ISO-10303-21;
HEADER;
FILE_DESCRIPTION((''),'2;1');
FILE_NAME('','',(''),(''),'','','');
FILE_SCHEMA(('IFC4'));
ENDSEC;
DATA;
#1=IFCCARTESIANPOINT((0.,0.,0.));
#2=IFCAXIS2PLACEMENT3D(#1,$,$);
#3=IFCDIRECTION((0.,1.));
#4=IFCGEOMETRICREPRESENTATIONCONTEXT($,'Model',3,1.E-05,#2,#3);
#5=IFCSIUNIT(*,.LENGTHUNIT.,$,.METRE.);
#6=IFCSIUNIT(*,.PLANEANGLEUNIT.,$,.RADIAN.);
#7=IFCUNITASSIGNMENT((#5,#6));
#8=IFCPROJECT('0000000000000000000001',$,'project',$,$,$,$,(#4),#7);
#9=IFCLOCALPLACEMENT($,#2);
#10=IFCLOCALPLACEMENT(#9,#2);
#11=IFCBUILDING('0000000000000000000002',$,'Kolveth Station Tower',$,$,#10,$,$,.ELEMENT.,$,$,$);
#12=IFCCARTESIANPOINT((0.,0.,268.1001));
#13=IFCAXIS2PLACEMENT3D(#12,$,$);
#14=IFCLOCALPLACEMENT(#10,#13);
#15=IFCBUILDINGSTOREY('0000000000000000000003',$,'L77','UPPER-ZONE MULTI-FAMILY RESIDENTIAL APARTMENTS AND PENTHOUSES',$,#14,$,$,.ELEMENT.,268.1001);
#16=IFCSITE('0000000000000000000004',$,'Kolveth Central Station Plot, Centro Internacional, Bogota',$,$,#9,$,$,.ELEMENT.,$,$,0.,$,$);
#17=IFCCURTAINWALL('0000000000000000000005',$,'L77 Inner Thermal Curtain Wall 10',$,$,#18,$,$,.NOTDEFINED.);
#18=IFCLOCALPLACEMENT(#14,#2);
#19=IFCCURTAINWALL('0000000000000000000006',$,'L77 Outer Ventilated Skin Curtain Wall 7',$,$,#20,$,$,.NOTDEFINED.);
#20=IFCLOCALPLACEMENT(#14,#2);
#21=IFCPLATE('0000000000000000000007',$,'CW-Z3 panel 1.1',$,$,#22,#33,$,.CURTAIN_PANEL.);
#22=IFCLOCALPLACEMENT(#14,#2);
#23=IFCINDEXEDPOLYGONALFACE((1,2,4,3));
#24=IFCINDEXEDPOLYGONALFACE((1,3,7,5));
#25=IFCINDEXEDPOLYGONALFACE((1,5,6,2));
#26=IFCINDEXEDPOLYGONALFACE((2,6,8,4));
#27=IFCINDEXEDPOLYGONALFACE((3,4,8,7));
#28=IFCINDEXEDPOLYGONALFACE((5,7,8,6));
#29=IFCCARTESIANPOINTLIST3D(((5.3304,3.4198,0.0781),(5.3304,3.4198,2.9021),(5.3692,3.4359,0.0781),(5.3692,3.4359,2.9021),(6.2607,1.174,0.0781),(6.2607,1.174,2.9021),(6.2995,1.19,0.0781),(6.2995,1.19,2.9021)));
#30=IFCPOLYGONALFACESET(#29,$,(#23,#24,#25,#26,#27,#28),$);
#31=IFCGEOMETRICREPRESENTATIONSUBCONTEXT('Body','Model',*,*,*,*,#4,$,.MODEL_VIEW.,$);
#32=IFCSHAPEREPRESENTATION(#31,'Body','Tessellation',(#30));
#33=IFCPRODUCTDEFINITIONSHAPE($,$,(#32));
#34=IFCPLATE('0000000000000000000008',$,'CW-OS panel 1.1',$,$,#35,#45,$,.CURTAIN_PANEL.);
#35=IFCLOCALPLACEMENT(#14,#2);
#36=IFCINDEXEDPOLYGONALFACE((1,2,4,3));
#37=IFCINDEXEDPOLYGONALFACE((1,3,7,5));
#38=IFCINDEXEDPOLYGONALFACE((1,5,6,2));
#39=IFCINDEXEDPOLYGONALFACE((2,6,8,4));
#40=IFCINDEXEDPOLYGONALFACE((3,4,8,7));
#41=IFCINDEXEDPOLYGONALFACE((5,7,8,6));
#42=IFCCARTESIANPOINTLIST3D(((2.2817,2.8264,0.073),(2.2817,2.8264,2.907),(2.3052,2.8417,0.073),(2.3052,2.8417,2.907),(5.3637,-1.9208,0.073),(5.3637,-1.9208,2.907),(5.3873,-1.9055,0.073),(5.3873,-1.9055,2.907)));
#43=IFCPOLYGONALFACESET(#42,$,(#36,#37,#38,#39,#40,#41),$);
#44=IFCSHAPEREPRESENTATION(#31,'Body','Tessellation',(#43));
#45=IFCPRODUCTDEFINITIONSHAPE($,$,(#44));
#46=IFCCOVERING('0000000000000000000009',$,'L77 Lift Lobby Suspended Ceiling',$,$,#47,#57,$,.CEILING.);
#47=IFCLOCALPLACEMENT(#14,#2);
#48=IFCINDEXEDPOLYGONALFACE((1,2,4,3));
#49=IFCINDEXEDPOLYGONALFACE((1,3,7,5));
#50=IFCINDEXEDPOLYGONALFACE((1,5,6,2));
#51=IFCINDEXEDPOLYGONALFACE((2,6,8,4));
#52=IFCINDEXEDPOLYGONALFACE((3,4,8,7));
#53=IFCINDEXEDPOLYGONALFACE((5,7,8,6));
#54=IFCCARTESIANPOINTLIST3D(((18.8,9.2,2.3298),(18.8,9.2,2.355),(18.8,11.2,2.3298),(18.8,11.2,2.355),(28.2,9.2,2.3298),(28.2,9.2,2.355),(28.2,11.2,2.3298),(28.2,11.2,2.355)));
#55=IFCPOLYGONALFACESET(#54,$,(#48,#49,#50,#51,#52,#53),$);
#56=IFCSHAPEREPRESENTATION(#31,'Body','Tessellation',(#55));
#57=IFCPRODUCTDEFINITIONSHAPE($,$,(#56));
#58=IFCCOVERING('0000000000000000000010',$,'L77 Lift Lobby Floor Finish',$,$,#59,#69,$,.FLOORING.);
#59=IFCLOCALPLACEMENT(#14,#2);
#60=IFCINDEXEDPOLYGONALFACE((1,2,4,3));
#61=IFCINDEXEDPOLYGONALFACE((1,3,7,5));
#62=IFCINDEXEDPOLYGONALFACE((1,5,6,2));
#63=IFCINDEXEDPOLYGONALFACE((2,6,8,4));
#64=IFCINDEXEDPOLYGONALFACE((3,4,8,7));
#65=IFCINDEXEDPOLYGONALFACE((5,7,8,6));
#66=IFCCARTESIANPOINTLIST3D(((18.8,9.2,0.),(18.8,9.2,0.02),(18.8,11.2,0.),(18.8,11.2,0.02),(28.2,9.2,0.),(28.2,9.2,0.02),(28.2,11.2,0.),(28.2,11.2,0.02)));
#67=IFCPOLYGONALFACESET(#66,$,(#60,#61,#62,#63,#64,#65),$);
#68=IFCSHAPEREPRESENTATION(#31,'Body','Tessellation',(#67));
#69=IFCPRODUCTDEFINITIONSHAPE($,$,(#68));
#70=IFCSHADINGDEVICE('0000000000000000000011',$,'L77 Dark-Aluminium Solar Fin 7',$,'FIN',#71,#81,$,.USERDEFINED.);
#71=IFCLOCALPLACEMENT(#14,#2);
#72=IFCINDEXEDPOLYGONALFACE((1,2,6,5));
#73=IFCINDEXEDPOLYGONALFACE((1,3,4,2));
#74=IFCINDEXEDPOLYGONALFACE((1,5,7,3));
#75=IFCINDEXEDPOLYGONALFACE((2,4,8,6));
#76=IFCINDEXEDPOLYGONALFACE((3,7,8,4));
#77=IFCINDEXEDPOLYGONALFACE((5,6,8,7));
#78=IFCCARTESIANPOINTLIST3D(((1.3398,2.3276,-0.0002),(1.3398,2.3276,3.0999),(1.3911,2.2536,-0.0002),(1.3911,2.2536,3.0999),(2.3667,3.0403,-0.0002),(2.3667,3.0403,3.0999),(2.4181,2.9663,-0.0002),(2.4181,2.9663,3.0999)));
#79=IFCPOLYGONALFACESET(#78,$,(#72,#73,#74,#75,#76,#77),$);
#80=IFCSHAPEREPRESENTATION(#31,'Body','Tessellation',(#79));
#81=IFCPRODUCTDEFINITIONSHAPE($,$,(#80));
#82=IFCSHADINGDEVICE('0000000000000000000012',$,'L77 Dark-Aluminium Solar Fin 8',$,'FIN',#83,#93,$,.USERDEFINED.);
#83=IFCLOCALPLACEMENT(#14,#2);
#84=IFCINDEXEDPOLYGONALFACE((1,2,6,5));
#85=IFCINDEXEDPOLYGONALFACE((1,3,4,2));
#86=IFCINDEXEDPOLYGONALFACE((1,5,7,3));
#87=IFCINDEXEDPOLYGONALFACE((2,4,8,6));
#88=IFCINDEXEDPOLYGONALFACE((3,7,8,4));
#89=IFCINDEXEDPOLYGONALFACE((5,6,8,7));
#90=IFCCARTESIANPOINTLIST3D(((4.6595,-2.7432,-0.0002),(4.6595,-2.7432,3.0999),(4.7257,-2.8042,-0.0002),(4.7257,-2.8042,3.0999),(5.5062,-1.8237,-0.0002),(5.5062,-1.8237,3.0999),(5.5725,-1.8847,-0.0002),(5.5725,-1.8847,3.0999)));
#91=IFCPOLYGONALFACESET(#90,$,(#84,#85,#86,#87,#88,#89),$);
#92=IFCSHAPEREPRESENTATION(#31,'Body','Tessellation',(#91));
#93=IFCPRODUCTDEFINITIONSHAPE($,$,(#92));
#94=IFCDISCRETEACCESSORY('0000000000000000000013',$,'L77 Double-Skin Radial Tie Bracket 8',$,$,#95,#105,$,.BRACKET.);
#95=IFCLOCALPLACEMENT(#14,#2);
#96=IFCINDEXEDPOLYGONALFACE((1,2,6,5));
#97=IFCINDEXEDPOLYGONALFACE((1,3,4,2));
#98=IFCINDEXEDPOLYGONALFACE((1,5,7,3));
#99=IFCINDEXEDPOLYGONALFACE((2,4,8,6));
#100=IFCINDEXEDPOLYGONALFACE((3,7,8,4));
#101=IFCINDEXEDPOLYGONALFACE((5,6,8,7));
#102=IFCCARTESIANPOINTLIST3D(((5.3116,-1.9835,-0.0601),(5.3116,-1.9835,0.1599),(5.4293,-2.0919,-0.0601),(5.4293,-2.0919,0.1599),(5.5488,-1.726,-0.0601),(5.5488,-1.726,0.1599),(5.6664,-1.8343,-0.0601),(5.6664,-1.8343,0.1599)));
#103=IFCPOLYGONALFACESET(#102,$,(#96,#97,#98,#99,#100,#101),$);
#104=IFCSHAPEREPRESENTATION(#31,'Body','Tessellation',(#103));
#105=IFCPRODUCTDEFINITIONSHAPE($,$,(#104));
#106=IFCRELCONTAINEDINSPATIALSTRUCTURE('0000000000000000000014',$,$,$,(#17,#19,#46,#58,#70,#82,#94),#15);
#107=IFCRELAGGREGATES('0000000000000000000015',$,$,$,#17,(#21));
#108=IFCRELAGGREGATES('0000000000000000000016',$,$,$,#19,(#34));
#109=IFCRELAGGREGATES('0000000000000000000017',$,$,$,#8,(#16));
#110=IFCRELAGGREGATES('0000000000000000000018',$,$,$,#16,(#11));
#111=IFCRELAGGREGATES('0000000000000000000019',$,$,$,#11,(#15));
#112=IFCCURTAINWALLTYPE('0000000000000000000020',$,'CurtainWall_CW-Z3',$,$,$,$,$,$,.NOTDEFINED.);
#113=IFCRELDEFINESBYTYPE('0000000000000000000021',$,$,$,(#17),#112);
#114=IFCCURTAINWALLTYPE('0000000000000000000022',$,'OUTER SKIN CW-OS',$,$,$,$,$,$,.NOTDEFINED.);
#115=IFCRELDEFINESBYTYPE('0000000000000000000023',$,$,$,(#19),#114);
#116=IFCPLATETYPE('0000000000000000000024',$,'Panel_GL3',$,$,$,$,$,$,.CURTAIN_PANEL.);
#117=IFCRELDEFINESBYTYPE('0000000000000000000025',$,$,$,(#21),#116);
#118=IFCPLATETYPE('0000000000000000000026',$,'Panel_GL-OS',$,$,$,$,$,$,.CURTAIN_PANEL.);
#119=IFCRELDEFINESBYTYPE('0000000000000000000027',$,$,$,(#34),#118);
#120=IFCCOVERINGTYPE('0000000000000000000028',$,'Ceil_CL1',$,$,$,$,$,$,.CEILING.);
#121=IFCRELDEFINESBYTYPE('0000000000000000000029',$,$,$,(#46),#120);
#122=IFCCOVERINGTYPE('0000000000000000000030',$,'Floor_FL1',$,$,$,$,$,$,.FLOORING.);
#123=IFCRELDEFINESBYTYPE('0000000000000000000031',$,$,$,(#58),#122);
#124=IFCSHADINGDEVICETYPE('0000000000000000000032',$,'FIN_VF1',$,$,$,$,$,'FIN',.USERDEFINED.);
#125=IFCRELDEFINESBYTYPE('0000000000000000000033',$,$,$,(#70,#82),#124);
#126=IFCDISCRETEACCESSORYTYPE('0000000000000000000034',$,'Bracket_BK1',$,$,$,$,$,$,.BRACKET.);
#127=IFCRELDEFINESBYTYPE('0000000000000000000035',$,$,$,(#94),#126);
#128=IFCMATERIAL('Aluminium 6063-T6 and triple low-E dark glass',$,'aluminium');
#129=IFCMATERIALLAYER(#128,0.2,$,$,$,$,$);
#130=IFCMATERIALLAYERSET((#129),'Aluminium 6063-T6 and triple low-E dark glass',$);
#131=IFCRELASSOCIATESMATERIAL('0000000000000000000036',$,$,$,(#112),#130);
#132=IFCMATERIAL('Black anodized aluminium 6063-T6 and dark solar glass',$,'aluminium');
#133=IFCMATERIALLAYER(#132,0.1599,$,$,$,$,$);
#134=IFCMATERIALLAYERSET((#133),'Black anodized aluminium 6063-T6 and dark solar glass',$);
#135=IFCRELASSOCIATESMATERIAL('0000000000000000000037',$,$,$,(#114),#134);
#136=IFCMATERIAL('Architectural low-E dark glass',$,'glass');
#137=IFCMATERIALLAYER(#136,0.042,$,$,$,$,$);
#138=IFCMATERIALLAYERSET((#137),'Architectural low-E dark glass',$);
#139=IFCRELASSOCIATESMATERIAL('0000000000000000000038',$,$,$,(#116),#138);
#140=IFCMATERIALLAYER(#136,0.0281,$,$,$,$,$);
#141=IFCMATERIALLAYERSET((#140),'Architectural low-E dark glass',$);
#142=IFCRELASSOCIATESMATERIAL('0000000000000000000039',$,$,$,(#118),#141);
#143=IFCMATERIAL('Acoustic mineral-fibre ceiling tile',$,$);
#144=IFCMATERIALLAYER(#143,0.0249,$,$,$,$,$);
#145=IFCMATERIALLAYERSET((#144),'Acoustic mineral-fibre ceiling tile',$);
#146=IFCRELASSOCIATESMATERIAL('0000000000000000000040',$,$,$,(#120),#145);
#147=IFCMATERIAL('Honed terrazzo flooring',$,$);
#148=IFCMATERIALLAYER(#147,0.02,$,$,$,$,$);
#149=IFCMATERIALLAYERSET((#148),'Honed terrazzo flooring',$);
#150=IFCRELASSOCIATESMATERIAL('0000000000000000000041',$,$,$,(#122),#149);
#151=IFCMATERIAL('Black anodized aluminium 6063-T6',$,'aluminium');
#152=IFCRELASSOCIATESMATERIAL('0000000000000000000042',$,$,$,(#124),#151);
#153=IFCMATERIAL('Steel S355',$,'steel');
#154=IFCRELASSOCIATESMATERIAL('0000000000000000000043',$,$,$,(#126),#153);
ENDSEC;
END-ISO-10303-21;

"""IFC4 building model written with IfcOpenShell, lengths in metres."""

from ifc_helpers import new_model, si_unit, direction, frame, origin, origin_2d, place, context, subcontext, project, spatial, polyline, rectangle, outline, extrude, source, transform, mapped, material, layer, layer_set, type_object, element, aggregate, save


model = new_model("IFC4")

# Units and contexts
model_context = context("Model", 3, precision=1e-05, world=origin(), true_north=direction((0.0, 1.0)))
body_context = subcontext(model_context, "Body", "Model", "MODEL_VIEW")
ifc_project = project(units=[si_unit("LENGTHUNIT", "METRE"), si_unit("PLANEANGLEUNIT", "RADIAN")], contexts=[model_context])

# Site, building, storey
site_placement = place(None, origin())
site = spatial("IfcSite", under=ifc_project, at=site_placement, Name="Kolveth Central Station Plot, Centro Internacional, Bogota", CompositionType="ELEMENT", RefElevation=0.0)
building_placement = place(site_placement, origin())
building = spatial("IfcBuilding", under=site, at=building_placement, Name="Kolveth Station Tower", CompositionType="ELEMENT")
storey_placement = place(building_placement, frame((0.0, 0.0, 268.1001)))
storey = spatial("IfcBuildingStorey", under=building, at=storey_placement, Name="L77", Description="UPPER-ZONE MULTI-FAMILY RESIDENTIAL APARTMENTS AND PENTHOUSES", CompositionType="ELEMENT", Elevation=268.1001)

# Curtain wall
ifc_material_1 = material(Name="Aluminium 6063-T6 and triple low-E dark glass", Category="aluminium")
ifc_layer_1 = layer(ifc_material_1, 0.2)
ifc_layer_set_1 = layer_set([ifc_layer_1], Name="Aluminium 6063-T6 and triple low-E dark glass")
curtain_wall_type_1 = type_object("IfcCurtainWallType", Name="CurtainWall_CW-Z3", PredefinedType="NOTDEFINED", material=ifc_layer_set_1)
curtain_wall_1_placement = place(storey_placement, origin())
curtain_wall_1 = element("IfcCurtainWall", 1, at=curtain_wall_1_placement, inside=storey, type_object=curtain_wall_type_1, Name="L77 Inner Thermal Curtain Wall 10", PredefinedType="NOTDEFINED")
ifc_material_2 = material(Name="Black anodized aluminium 6063-T6", Category="aluminium")

# Curtain wall
ifc_material_3 = material(Name="Black anodized aluminium 6063-T6 and dark solar glass", Category="aluminium")
ifc_layer_2 = layer(ifc_material_3, 0.1599)
ifc_layer_set_2 = layer_set([ifc_layer_2], Name="Black anodized aluminium 6063-T6 and dark solar glass")
curtain_wall_type_2 = type_object("IfcCurtainWallType", Name="OUTER SKIN CW-OS", PredefinedType="NOTDEFINED", material=ifc_layer_set_2)
curtain_wall_2_placement = place(storey_placement, origin())
curtain_wall_2 = element("IfcCurtainWall", 2, at=curtain_wall_2_placement, inside=storey, type_object=curtain_wall_type_2, Name="L77 Outer Ventilated Skin Curtain Wall 7", PredefinedType="NOTDEFINED")

# Plates
ifc_material_4 = material(Name="Architectural low-E dark glass", Category="glass")
ifc_layer_3 = layer(ifc_material_4, 0.042)
ifc_layer_set_3 = layer_set([ifc_layer_3], Name="Architectural low-E dark glass")
plate_type_1 = type_object("IfcPlateType", Name="Panel_GL3", PredefinedType="CURTAIN_PANEL", material=ifc_layer_set_3)
shared_shape_1 = source(origin(), body_context, "Body", "SweptSolid", [
    extrude(rectangle(XDim=2.4309, YDim=0.042, at=origin_2d()), origin(), (0.0, 0.0, 1.0), 2.824),
])
plate_1_placement = place(storey_placement, frame((5.8149, 2.3049, 0.0781), z_axis=(0.0, 0.0, 1.0), x_axis=(0.382693, -0.923875, 0.0)))
plate_1 = element("IfcPlate", 3, at=plate_1_placement, type_object=plate_type_1, Name="CW-Z3 panel 1.1", PredefinedType="CURTAIN_PANEL", context=body_context, shape_type="MappedRepresentation", body=[
    mapped(shared_shape_1, transform((0.0, 0.0, 0.0), x_axis=(1.0, 0.0, 0.0), y_axis=(0.0, 1.0, 0.0), z_axis=(0.0, 0.0, 1.0), scale=1.0)),
])
aggregate(curtain_wall_1, [plate_1])
ifc_layer_4 = layer(ifc_material_4, 0.0281)
ifc_layer_set_4 = layer_set([ifc_layer_4], Name="Architectural low-E dark glass")
plate_type_2 = type_object("IfcPlateType", Name="Panel_GL-OS", PredefinedType="CURTAIN_PANEL", material=ifc_layer_set_4)
shared_shape_2 = source(origin(), body_context, "Body", "SweptSolid", [
    extrude(rectangle(XDim=5.6599, YDim=0.0281, at=origin_2d()), origin(), (0.0, 0.0, 1.0), 2.834),
])
plate_2_placement = place(storey_placement, frame((3.8345, 0.4604, 0.073), z_axis=(0.0, 0.0, 1.0), x_axis=(0.544539, -0.838736, 0.0)))
plate_2 = element("IfcPlate", 4, at=plate_2_placement, type_object=plate_type_2, Name="CW-OS panel 1.1", PredefinedType="CURTAIN_PANEL", context=body_context, shape_type="MappedRepresentation", body=[
    mapped(shared_shape_2, transform((0.0, 0.0, 0.0), x_axis=(1.0, 0.0, 0.0), y_axis=(0.0, 1.0, 0.0), z_axis=(0.0, 0.0, 1.0), scale=1.0)),
])
aggregate(curtain_wall_2, [plate_2])

# Coverings
ifc_material_5 = material(Name="Acoustic mineral-fibre ceiling tile")
ifc_layer_5 = layer(ifc_material_5, 0.0249)
ifc_layer_set_5 = layer_set([ifc_layer_5], Name="Acoustic mineral-fibre ceiling tile")
covering_type_1 = type_object("IfcCoveringType", Name="Ceil_CL1", PredefinedType="CEILING", material=ifc_layer_set_5)
covering_1_placement = place(storey_placement, frame((0.0, 0.0, 2.3298)))
element("IfcCovering", 5, at=covering_1_placement, inside=storey, type_object=covering_type_1, Name="L77 Lift Lobby Suspended Ceiling", PredefinedType="CEILING", context=body_context, shape_type="SweptSolid", body=[
    extrude(outline(polyline([(18.8, 9.2), (28.2, 9.2), (28.2, 11.2), (18.8, 11.2), (18.8, 9.2)])), origin(), (0.0, 0.0, 1.0), 0.0251),
])
ifc_material_6 = material(Name="Honed terrazzo flooring")
ifc_layer_6 = layer(ifc_material_6, 0.02)
ifc_layer_set_6 = layer_set([ifc_layer_6], Name="Honed terrazzo flooring")
covering_type_2 = type_object("IfcCoveringType", Name="Floor_FL1", PredefinedType="FLOORING", material=ifc_layer_set_6)
covering_2_placement = place(storey_placement, origin())
element("IfcCovering", 6, at=covering_2_placement, inside=storey, type_object=covering_type_2, Name="L77 Lift Lobby Floor Finish", PredefinedType="FLOORING", context=body_context, shape_type="SweptSolid", body=[
    extrude(outline(polyline([(18.8, 9.2), (28.2, 9.2), (28.2, 11.2), (18.8, 11.2), (18.8, 9.2)])), origin(), (0.0, 0.0, 1.0), 0.02),
])

# Shading devices
shading_device_type = type_object("IfcShadingDeviceType", Name="FIN_VF1", ElementType="FIN", PredefinedType="USERDEFINED", material=ifc_material_2)
shared_shape_3 = source(origin(), body_context, "Body", "SweptSolid", [
    extrude(rectangle(XDim=1.25, YDim=0.0901, at=origin_2d()), origin(), (0.0, 0.0, 1.0), 3.1001),
])
for number, where, z_axis, x_axis, name in (
    (7, (1.8789, 2.647, -0.0002), (0.0, 0.0, 1.0), (-0.821547, -0.57014, 0.0), "L77 Dark-Aluminium Solar Fin 7"),
    (8, (5.116, -2.314, -0.0002), (0.0, 0.0, 1.0), (-0.67739, -0.735624, 0.0), "L77 Dark-Aluminium Solar Fin 8"),
):
    element("IfcShadingDevice", number, at=place(storey_placement, frame(where, z_axis=z_axis, x_axis=x_axis)), inside=storey, type_object=shading_device_type, Name=name, ObjectType="FIN", PredefinedType="USERDEFINED", context=body_context, shape_type="MappedRepresentation", body=[
        mapped(shared_shape_3, transform((0.0, 0.0, 0.0), x_axis=(1.0, 0.0, 0.0), y_axis=(0.0, 1.0, 0.0), z_axis=(0.0, 0.0, 1.0), scale=1.0)),
    ])

# Discrete accessory
ifc_material_7 = material(Name="Steel S355", Category="steel")
discrete_accessory_type = type_object("IfcDiscreteAccessoryType", Name="Bracket_BK1", PredefinedType="BRACKET", material=ifc_material_7)
shared_shape_4 = source(origin(), body_context, "Body", "SweptSolid", [
    extrude(rectangle(XDim=0.3501, YDim=0.1599, at=origin_2d()), origin(), (0.0, 0.0, 1.0), 0.22),
])
discrete_accessory_placement = place(storey_placement, frame((5.489, -1.9089, -0.0601), z_axis=(0.0, 0.0, 1.0), x_axis=(-0.67739, -0.735624, 0.0)))
element("IfcDiscreteAccessory", 9, at=discrete_accessory_placement, inside=storey, type_object=discrete_accessory_type, Name="L77 Double-Skin Radial Tie Bracket 8", PredefinedType="BRACKET", context=body_context, shape_type="MappedRepresentation", body=[
    mapped(shared_shape_4, transform((0.0, 0.0, 0.0), x_axis=(1.0, 0.0, 0.0), y_axis=(0.0, 1.0, 0.0), z_axis=(0.0, 0.0, 1.0), scale=1.0)),
])

save(model, "model.ifc")
